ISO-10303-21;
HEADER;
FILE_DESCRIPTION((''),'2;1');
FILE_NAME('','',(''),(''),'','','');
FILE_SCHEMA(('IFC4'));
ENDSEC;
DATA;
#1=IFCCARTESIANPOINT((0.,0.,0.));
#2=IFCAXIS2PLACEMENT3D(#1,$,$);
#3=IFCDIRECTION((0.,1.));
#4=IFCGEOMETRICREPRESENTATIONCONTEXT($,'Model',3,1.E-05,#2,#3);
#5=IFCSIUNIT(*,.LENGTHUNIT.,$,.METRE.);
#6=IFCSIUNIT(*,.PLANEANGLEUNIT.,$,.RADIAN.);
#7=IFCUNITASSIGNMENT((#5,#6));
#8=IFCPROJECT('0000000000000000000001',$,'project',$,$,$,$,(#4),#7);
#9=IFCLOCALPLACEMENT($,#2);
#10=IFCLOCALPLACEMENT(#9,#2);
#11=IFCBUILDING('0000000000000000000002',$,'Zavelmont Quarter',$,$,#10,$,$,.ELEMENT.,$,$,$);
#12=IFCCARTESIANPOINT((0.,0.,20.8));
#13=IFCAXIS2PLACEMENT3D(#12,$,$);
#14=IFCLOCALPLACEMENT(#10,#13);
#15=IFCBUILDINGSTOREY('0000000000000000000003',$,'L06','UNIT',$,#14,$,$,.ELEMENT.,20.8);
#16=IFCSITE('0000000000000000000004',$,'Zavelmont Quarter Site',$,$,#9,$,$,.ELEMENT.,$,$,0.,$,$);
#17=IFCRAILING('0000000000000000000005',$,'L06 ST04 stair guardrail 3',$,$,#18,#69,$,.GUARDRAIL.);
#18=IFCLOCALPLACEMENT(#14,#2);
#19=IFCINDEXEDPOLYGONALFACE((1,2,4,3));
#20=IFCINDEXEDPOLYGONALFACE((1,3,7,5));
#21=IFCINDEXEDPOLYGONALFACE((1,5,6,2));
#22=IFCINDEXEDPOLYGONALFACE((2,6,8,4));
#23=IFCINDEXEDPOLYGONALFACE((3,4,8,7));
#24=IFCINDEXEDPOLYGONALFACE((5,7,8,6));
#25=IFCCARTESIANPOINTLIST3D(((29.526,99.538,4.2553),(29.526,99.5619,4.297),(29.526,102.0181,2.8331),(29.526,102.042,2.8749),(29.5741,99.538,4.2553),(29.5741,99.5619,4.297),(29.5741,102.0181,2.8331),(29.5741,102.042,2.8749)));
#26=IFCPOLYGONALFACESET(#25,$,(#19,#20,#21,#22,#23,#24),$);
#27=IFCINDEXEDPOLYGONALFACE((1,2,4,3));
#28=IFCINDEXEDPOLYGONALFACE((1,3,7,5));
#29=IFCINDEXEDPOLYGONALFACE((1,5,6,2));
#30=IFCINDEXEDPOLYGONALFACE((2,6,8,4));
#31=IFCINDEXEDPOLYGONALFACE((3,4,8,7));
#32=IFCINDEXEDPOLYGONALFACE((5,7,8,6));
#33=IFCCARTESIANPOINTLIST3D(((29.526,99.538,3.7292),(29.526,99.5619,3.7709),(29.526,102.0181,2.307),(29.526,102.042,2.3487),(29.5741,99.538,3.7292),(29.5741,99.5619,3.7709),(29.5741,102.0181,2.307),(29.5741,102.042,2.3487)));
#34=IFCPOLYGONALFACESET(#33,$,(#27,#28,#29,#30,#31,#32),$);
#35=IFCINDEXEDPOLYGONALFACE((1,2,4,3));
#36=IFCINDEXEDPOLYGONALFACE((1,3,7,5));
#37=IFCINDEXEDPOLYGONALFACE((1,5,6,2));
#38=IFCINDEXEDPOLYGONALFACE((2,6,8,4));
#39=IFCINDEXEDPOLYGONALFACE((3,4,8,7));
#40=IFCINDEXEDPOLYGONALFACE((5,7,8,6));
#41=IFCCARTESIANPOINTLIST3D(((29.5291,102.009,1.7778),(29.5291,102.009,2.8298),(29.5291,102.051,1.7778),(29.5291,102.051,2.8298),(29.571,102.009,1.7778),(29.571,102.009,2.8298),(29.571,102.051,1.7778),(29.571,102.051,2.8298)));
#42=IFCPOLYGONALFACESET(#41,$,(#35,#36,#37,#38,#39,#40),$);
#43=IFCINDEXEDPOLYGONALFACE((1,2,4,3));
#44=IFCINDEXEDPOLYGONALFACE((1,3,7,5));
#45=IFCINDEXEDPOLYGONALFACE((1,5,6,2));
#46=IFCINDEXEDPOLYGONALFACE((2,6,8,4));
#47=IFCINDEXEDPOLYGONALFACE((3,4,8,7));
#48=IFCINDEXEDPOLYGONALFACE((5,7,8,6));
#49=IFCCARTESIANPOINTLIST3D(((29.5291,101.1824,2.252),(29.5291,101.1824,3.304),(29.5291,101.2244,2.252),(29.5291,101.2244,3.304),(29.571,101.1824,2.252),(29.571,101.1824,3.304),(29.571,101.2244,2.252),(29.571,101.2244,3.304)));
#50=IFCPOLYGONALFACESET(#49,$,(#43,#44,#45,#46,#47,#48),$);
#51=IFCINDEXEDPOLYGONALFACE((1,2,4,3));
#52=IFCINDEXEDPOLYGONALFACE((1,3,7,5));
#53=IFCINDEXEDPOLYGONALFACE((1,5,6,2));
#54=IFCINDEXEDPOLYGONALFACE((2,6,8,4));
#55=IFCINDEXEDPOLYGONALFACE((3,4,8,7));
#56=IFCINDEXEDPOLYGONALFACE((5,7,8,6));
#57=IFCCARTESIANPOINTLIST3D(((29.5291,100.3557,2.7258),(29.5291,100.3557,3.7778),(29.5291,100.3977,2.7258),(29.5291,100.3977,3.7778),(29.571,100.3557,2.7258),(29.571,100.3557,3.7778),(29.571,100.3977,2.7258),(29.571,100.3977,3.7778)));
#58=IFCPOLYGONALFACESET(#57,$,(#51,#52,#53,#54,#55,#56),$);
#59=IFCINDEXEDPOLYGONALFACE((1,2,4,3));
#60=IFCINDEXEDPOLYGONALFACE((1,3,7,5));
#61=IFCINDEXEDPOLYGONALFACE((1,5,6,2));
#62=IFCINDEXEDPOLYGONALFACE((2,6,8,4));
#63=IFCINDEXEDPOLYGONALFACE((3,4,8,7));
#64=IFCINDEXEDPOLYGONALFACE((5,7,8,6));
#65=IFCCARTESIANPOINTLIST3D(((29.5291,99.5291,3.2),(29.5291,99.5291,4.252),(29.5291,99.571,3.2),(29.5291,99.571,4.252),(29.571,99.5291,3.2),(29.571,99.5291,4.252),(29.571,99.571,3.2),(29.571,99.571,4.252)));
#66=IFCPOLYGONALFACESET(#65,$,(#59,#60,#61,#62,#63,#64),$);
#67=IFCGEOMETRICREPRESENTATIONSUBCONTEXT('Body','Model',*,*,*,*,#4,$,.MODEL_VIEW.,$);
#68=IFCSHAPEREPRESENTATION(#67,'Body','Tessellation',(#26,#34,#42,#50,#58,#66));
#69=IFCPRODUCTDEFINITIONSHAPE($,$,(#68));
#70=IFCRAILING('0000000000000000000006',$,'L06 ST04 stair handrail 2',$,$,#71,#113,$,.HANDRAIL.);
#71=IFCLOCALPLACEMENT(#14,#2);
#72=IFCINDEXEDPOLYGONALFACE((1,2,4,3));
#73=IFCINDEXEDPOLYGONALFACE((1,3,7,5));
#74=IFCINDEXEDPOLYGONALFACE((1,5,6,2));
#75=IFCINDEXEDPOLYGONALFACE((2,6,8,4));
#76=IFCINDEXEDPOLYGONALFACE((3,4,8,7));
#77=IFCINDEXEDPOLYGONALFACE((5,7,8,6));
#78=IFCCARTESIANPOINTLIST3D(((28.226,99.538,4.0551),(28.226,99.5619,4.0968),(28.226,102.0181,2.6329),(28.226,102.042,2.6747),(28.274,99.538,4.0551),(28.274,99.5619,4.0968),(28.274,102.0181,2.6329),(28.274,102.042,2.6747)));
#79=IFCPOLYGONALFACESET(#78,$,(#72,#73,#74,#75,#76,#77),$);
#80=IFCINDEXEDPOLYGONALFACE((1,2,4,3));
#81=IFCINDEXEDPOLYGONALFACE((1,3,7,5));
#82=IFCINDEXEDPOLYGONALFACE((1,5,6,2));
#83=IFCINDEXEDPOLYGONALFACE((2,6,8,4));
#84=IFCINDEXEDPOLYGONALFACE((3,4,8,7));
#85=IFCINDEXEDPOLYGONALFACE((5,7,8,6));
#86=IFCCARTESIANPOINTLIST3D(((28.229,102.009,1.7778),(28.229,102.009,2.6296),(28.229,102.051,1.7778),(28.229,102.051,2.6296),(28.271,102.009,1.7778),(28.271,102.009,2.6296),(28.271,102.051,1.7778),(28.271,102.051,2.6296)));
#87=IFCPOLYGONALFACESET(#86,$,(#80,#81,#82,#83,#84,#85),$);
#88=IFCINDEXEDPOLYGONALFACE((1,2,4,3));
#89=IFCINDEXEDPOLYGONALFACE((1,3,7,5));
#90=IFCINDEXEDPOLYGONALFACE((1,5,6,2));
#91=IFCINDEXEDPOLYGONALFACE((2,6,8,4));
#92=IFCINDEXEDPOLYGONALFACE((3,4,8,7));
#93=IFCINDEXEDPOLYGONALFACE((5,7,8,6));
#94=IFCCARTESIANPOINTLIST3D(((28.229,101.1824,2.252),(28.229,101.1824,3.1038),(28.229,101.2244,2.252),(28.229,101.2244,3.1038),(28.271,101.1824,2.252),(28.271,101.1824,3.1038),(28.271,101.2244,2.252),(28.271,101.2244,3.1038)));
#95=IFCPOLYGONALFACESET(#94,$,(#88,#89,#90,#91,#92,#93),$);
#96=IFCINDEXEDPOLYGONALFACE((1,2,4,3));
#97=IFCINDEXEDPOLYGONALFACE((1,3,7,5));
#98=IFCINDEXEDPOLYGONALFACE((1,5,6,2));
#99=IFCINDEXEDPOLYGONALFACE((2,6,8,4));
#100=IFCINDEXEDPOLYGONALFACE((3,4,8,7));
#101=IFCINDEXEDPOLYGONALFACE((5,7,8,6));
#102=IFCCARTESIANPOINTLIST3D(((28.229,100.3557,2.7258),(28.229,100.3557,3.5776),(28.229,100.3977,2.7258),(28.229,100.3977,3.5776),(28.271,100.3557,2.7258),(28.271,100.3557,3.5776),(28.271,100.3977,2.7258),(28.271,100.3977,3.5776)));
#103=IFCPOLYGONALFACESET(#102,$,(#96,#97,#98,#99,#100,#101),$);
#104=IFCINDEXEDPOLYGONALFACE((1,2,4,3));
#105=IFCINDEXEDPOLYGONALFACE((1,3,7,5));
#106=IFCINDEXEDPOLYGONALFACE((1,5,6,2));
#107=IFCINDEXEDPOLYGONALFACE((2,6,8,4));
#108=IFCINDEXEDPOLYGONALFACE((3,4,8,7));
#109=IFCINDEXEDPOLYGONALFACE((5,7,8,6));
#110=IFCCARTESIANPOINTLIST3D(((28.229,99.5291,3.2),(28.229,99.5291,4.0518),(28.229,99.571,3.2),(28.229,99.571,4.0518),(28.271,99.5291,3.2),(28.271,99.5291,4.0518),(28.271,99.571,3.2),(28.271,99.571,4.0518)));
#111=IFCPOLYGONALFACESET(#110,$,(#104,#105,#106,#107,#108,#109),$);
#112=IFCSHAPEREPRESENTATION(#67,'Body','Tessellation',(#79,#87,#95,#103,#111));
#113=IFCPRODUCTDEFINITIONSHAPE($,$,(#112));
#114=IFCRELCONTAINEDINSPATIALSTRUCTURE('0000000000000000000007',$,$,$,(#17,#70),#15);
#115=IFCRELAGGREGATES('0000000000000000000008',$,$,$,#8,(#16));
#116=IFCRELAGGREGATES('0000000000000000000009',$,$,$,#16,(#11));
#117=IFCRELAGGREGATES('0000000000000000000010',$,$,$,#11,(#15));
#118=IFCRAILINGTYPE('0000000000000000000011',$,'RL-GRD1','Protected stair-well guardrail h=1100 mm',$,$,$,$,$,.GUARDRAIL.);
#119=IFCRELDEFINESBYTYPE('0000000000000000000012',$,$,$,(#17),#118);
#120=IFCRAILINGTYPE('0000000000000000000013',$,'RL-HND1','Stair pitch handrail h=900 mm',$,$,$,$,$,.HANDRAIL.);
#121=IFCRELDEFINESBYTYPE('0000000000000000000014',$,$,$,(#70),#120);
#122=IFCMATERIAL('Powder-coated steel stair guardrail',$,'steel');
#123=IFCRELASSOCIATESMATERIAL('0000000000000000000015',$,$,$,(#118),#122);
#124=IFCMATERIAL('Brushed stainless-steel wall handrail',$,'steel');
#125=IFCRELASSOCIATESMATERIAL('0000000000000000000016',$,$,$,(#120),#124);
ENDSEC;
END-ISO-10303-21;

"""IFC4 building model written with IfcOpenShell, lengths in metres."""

from ifc_helpers import new_model, si_unit, direction, frame, origin, origin_2d, place, context, subcontext, project, spatial, rectangle, extrude, material, type_object, element, save


model = new_model("IFC4")

# Units and contexts
model_context = context("Model", 3, precision=1e-05, world=origin(), true_north=direction((0.0, 1.0)))
body_context = subcontext(model_context, "Body", "Model", "MODEL_VIEW")
ifc_project = project(units=[si_unit("LENGTHUNIT", "METRE"), si_unit("PLANEANGLEUNIT", "RADIAN")], contexts=[model_context])

# Site, building, storey
site_placement = place(None, origin())
site = spatial("IfcSite", under=ifc_project, at=site_placement, Name="Zavelmont Quarter Site", CompositionType="ELEMENT", RefElevation=0.0)
building_placement = place(site_placement, origin())
building = spatial("IfcBuilding", under=site, at=building_placement, Name="Zavelmont Quarter", CompositionType="ELEMENT")
storey_placement = place(building_placement, frame((0.0, 0.0, 20.8)))
storey = spatial("IfcBuildingStorey", under=building, at=storey_placement, Name="L06", Description="UNIT", CompositionType="ELEMENT", Elevation=20.8)

# Railings
ifc_material_1 = material(Name="Powder-coated steel stair guardrail", Category="steel")
railing_type_1 = type_object("IfcRailingType", Name="RL-GRD1", Description="Protected stair-well guardrail h=1100 mm", PredefinedType="GUARDRAIL", material=ifc_material_1)
railing_1_placement = place(storey_placement, frame((29.55, 102.03, 1.7778)))
element("IfcRailing", 1, at=railing_1_placement, inside=storey, type_object=railing_type_1, Name="L06 ST04 stair guardrail 3", PredefinedType="GUARDRAIL", context=body_context, shape_type="SweptSolid", body=[
    extrude(rectangle(XDim=0.0481, YDim=0.0481, at=origin_2d()), frame((0.0, 0.0, 1.0762), z_axis=(0.0, -0.867491, 0.497454), x_axis=(1.0, 0.0, 0.0)), (0.0, 0.0, 1.0), 2.8589),
    extrude(rectangle(XDim=0.0481, YDim=0.0481, at=origin_2d()), frame((0.0, 0.0, 0.55), z_axis=(0.0, -0.867491, 0.497454), x_axis=(1.0, 0.0, 0.0)), (0.0, 0.0, 1.0), 2.8589),
    extrude(rectangle(XDim=0.042, YDim=0.042, at=origin_2d()), origin(), (0.0, 0.0, 1.0), 1.052),
    extrude(rectangle(XDim=0.042, YDim=0.042, at=origin_2d()), frame((0.0, -0.8267, 0.4741)), (0.0, 0.0, 1.0), 1.052),
    extrude(rectangle(XDim=0.042, YDim=0.042, at=origin_2d()), frame((0.0, -1.6533, 0.948)), (0.0, 0.0, 1.0), 1.052),
    extrude(rectangle(XDim=0.042, YDim=0.042, at=origin_2d()), frame((0.0, -2.48, 1.4221)), (0.0, 0.0, 1.0), 1.052),
])
ifc_material_2 = material(Name="Brushed stainless-steel wall handrail", Category="steel")
railing_type_2 = type_object("IfcRailingType", Name="RL-HND1", Description="Stair pitch handrail h=900 mm", PredefinedType="HANDRAIL", material=ifc_material_2)
railing_2_placement = place(storey_placement, frame((28.25, 102.03, 1.7778)))
element("IfcRailing", 2, at=railing_2_placement, inside=storey, type_object=railing_type_2, Name="L06 ST04 stair handrail 2", PredefinedType="HANDRAIL", context=body_context, shape_type="SweptSolid", body=[
    extrude(rectangle(XDim=0.0481, YDim=0.0481, at=origin_2d()), frame((0.0, 0.0, 0.876), z_axis=(0.0, -0.867491, 0.497454), x_axis=(1.0, 0.0, 0.0)), (0.0, 0.0, 1.0), 2.8589),
    extrude(rectangle(XDim=0.042, YDim=0.042, at=origin_2d()), origin(), (0.0, 0.0, 1.0), 0.8518),
    extrude(rectangle(XDim=0.042, YDim=0.042, at=origin_2d()), frame((0.0, -0.8267, 0.4741)), (0.0, 0.0, 1.0), 0.8518),
    extrude(rectangle(XDim=0.042, YDim=0.042, at=origin_2d()), frame((0.0, -1.6533, 0.948)), (0.0, 0.0, 1.0), 0.8518),
    extrude(rectangle(XDim=0.042, YDim=0.042, at=origin_2d()), frame((0.0, -2.48, 1.4221)), (0.0, 0.0, 1.0), 0.8518),
])

save(model, "model.ifc")
